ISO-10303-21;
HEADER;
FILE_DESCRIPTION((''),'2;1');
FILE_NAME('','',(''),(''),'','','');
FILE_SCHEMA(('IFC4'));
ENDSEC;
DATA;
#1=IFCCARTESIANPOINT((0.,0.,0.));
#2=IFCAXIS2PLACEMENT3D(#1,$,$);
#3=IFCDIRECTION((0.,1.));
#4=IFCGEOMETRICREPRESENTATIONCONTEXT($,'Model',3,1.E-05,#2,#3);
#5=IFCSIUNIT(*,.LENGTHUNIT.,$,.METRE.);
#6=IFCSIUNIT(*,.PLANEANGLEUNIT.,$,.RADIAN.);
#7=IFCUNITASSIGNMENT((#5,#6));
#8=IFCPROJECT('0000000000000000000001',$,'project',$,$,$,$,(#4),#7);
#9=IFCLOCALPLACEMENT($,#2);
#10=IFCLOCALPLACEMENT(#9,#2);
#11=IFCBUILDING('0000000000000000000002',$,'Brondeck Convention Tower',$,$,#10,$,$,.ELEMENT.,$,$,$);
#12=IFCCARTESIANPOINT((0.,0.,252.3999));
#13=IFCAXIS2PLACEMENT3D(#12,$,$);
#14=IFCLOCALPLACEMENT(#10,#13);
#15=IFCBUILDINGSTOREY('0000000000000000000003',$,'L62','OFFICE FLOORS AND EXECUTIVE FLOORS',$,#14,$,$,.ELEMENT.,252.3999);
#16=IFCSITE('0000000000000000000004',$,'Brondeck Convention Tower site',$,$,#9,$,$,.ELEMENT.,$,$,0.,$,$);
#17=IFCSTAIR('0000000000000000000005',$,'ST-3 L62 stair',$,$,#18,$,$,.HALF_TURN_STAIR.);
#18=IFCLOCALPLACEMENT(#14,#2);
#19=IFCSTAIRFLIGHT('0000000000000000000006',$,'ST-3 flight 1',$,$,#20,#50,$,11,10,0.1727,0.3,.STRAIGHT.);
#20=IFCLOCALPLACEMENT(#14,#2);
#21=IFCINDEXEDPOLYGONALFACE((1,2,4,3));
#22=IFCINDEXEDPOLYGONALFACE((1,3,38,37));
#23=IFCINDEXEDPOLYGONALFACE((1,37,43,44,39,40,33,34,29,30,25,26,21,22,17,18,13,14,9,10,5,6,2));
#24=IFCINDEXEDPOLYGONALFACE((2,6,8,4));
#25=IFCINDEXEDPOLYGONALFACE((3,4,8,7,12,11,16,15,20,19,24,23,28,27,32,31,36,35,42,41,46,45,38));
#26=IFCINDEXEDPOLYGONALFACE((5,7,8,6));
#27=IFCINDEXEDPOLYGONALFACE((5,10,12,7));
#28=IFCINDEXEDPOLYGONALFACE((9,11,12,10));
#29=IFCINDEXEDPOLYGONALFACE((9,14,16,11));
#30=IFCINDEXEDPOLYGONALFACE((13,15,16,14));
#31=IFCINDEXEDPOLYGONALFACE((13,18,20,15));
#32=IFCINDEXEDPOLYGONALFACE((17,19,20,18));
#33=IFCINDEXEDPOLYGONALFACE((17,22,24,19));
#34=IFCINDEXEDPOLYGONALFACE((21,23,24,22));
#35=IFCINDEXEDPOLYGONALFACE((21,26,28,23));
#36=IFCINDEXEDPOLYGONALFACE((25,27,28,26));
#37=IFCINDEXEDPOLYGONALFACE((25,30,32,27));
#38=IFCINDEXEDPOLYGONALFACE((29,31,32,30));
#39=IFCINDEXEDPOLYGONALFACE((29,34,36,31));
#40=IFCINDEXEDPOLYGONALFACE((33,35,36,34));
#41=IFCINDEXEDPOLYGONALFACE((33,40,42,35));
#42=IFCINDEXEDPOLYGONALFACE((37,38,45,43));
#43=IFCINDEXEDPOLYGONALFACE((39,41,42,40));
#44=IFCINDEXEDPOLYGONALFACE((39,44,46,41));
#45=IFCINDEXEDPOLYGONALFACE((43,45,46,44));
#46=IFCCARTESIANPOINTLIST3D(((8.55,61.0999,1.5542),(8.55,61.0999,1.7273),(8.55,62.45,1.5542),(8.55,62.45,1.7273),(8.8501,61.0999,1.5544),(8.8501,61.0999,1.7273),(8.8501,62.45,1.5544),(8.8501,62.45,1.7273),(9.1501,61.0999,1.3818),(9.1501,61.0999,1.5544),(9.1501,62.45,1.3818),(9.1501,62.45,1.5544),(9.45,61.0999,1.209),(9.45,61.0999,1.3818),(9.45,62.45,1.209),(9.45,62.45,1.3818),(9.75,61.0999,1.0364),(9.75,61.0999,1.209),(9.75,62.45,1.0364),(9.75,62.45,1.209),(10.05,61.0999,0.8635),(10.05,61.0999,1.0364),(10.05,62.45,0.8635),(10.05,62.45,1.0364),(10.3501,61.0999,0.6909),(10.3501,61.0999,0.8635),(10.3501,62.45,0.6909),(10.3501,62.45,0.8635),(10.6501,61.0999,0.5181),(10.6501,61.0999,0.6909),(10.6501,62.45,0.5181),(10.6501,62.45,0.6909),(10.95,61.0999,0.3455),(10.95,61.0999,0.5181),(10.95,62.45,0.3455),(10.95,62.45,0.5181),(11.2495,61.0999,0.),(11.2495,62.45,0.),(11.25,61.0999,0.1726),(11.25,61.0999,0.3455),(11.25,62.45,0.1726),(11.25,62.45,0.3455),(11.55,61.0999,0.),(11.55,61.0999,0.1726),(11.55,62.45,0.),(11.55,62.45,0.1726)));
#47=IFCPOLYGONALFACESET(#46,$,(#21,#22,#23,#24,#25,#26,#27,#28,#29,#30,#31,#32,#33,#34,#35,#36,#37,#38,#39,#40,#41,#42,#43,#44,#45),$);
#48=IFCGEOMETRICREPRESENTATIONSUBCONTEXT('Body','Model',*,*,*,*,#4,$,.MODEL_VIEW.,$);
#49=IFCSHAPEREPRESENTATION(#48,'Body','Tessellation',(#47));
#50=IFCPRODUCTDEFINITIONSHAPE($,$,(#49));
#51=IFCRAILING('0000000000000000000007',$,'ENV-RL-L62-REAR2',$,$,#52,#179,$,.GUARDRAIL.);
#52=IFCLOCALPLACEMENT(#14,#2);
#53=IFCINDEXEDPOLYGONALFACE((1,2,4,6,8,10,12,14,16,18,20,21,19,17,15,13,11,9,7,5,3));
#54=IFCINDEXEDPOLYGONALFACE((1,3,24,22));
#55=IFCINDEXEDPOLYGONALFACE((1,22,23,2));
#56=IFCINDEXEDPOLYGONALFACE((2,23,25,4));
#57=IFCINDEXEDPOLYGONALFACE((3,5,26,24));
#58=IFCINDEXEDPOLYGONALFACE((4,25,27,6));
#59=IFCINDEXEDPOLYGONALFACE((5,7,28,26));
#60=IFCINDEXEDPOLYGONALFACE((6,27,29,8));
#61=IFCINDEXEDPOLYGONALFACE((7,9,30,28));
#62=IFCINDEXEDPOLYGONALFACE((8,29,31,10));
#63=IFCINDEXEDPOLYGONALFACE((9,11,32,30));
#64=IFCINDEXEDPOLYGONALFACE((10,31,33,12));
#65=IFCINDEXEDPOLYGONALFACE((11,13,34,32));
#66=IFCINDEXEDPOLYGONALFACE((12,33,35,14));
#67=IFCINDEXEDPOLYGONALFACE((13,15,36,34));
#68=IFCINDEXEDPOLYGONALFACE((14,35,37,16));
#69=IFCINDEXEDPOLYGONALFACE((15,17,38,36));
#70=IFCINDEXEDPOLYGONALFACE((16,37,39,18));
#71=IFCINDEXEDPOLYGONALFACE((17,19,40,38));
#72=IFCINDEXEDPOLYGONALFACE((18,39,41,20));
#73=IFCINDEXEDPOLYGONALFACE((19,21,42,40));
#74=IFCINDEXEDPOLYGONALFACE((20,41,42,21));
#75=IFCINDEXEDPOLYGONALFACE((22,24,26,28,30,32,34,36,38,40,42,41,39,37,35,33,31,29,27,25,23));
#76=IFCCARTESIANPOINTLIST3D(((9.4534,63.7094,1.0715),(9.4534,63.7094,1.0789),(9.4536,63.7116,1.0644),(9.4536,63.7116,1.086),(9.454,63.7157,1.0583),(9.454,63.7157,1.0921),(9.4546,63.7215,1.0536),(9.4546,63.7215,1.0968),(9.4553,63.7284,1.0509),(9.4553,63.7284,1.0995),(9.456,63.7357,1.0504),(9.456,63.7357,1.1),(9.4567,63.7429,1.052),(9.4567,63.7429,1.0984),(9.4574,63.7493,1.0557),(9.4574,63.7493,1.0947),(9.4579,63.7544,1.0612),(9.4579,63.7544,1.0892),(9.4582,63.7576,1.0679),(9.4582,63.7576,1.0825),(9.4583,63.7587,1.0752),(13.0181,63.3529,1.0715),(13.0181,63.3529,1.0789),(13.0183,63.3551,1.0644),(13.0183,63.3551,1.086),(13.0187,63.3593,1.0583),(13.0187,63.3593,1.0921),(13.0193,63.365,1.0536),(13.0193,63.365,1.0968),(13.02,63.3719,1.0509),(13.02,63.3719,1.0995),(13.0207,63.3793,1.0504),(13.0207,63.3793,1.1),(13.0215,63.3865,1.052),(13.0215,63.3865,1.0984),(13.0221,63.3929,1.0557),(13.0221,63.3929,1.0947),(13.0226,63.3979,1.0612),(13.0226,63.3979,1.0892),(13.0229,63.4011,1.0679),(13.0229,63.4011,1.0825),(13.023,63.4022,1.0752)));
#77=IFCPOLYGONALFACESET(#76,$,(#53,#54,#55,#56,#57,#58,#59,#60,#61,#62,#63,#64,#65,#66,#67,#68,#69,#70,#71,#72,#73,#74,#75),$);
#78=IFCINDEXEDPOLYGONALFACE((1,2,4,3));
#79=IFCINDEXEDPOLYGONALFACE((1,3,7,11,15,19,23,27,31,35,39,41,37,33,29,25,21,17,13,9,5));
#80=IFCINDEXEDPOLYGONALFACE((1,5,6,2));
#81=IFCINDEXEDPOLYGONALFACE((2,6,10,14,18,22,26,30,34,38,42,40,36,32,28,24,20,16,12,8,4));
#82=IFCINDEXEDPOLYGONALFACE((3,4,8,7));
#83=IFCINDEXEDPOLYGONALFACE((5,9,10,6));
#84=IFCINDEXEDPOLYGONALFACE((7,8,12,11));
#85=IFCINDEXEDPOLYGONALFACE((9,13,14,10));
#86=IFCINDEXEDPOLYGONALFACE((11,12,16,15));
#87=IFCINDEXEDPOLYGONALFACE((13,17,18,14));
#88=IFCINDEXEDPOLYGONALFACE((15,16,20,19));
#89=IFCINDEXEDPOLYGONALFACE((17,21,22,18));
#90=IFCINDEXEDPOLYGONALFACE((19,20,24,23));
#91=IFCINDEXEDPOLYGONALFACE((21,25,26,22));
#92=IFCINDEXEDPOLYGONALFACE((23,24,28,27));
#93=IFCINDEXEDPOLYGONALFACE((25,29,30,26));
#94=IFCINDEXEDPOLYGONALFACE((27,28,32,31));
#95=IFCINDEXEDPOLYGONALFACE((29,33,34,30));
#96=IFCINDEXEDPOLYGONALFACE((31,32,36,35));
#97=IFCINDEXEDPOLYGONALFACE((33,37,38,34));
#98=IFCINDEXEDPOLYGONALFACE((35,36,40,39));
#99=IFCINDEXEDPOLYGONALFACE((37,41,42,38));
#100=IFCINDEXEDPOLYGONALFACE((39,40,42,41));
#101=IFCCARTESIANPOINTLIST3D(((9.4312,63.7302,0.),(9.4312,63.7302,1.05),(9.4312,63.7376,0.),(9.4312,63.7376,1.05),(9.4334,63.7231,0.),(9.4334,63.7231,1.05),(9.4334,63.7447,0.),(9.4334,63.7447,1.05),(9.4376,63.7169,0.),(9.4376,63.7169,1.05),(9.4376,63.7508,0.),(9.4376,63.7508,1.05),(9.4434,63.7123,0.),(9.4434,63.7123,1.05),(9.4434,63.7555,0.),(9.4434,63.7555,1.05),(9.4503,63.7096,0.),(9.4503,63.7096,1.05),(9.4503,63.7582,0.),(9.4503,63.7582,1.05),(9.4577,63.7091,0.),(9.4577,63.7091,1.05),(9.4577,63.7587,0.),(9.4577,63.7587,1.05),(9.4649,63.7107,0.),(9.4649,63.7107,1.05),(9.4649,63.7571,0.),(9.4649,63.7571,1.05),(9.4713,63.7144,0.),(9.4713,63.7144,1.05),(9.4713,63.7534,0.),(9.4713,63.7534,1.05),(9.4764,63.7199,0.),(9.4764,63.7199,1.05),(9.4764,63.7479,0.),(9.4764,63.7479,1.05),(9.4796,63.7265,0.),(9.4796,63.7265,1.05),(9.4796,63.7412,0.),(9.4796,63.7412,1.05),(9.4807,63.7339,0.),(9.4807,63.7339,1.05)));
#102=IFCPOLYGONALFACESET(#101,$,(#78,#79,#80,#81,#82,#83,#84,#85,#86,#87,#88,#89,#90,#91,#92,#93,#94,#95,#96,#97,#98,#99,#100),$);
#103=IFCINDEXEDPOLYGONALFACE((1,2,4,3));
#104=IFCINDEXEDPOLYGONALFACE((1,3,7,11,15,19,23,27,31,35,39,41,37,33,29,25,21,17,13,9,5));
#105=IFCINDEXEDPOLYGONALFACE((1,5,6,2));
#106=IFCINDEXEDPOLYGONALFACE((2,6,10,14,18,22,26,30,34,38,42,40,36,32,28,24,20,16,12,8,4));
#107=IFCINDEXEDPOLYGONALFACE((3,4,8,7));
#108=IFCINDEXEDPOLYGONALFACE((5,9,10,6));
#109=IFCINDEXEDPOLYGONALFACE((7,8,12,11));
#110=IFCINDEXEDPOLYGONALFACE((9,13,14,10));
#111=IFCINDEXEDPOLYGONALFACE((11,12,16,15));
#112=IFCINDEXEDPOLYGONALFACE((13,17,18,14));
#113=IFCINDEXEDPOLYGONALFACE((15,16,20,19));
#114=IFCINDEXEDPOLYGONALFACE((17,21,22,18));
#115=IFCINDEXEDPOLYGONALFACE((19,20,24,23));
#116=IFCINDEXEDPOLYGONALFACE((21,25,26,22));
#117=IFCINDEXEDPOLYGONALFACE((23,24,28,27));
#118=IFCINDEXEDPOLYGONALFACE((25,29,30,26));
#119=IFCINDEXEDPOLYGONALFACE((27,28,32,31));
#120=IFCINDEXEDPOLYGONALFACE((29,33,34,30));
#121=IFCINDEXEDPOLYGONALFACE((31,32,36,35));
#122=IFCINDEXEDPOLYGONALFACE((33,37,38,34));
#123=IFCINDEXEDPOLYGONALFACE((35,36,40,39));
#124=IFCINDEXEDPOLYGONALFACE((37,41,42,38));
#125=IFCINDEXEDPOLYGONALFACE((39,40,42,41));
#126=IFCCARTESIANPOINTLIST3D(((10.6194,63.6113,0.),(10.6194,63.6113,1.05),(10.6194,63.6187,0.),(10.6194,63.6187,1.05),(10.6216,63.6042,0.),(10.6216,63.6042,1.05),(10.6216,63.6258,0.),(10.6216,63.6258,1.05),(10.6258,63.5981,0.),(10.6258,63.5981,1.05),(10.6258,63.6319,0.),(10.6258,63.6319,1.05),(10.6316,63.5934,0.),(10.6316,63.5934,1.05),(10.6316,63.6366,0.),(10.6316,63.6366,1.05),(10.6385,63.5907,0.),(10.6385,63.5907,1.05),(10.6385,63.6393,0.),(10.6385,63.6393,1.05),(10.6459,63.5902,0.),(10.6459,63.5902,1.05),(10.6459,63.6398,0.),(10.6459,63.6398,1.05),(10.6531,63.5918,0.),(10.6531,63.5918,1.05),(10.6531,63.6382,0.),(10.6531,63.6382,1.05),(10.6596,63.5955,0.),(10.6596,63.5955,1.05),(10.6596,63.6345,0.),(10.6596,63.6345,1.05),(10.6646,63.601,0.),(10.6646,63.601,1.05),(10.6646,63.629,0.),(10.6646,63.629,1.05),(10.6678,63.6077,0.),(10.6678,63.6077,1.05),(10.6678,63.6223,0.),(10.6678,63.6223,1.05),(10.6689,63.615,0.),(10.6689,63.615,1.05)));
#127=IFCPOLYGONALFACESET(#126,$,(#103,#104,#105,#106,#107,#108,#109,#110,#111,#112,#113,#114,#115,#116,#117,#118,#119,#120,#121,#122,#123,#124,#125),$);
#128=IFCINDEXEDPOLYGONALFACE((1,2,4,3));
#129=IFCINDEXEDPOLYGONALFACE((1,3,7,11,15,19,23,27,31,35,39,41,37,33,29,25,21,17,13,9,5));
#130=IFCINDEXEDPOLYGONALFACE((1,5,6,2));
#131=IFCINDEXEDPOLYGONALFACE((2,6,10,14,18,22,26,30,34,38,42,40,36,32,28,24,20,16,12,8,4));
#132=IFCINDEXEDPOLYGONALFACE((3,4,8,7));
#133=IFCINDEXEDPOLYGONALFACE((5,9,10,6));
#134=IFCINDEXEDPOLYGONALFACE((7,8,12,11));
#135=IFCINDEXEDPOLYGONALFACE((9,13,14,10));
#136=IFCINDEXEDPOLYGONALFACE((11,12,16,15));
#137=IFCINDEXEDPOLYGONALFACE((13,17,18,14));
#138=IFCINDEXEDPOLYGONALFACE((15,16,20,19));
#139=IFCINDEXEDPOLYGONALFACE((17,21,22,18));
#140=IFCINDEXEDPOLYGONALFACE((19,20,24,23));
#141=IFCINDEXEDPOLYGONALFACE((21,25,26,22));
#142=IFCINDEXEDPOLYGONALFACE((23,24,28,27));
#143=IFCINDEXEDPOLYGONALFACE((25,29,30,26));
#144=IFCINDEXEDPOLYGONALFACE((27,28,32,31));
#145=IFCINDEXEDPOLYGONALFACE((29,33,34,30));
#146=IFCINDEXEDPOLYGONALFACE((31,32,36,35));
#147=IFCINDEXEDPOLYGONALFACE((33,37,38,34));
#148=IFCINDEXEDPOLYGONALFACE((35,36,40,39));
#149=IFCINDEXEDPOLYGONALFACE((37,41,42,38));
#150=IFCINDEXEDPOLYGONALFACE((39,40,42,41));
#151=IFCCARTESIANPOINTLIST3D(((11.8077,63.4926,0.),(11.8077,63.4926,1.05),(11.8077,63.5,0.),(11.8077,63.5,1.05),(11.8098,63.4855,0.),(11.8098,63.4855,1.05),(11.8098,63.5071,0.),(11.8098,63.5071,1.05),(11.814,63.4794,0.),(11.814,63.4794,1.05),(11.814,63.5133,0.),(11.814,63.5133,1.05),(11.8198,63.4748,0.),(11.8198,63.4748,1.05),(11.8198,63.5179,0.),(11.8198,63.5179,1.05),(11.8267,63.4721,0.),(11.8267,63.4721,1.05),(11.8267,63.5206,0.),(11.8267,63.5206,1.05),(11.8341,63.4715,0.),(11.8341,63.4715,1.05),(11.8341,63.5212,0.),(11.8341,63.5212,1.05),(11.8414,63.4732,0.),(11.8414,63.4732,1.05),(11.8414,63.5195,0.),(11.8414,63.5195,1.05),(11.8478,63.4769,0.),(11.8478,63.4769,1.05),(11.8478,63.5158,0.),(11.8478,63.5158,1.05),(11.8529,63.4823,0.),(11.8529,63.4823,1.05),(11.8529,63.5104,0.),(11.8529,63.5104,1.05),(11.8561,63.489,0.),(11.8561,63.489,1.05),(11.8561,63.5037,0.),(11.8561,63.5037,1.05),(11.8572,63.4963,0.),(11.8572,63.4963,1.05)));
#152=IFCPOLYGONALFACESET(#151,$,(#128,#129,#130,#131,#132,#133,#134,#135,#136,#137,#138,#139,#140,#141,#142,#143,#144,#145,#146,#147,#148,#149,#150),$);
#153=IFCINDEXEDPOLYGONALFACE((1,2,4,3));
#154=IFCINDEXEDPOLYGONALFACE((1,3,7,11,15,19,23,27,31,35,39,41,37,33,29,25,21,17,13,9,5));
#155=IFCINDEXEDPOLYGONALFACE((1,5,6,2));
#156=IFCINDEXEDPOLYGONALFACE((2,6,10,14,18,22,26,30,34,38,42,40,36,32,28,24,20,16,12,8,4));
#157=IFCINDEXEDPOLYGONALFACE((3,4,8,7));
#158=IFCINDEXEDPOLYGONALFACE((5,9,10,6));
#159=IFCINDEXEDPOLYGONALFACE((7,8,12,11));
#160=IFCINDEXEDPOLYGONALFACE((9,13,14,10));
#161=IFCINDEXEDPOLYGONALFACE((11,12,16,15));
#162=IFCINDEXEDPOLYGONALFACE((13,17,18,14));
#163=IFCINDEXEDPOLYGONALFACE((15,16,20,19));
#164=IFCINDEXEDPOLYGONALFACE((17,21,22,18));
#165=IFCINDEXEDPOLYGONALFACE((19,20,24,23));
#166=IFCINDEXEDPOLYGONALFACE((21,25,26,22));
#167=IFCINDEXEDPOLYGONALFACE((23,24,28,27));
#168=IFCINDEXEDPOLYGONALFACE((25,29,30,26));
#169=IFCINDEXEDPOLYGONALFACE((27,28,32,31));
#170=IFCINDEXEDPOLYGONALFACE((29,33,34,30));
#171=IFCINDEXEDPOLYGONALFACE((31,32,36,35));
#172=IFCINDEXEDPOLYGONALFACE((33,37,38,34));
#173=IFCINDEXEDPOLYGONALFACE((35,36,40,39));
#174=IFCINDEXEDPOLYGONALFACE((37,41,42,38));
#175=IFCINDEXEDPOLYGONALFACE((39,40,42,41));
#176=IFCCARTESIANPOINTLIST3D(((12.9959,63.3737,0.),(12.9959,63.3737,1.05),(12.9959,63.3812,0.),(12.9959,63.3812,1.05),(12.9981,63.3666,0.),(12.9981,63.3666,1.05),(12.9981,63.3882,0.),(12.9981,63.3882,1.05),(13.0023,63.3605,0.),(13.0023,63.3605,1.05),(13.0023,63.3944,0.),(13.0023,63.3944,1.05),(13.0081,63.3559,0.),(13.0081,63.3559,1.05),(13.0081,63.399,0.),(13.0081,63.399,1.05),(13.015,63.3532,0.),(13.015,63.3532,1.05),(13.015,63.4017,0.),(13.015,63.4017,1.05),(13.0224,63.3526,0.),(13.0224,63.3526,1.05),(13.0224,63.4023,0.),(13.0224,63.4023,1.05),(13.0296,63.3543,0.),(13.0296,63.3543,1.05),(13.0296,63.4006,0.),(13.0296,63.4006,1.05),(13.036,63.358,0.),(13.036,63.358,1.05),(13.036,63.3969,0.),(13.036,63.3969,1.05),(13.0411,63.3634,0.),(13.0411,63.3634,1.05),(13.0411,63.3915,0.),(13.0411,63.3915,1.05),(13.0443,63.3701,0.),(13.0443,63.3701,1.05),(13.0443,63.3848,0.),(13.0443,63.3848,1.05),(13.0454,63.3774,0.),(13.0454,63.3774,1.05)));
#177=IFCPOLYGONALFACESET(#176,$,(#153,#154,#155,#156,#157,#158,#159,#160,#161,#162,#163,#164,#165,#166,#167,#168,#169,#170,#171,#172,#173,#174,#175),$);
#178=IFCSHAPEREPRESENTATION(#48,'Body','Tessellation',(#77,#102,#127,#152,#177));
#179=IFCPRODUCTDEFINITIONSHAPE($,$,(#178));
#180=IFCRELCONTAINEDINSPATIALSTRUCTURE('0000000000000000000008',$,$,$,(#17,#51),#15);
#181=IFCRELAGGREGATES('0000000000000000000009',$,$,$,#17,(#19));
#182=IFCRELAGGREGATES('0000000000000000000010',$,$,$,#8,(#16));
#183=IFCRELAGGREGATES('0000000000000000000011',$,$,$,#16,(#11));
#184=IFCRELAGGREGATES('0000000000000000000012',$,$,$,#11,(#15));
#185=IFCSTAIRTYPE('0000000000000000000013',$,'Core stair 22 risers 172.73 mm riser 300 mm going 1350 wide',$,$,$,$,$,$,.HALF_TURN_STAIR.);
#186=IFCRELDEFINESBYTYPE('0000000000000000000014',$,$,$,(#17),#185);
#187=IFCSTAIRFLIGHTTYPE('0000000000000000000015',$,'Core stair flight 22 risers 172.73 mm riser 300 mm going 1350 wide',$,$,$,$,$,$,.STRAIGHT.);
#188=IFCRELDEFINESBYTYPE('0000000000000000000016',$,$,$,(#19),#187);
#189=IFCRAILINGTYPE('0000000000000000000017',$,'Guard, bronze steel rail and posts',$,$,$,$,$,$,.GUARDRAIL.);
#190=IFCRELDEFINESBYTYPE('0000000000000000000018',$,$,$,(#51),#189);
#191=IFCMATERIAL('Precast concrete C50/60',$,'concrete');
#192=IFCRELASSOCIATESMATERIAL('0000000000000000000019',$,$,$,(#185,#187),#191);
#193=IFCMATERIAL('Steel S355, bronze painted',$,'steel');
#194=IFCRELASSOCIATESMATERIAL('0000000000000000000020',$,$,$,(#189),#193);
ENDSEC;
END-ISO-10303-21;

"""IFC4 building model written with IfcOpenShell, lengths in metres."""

from ifc_helpers import new_model, si_unit, direction, frame, origin, origin_2d, place, context, subcontext, project, spatial, polyline, circle, outline, extrude, material, type_object, element, aggregate, save


model = new_model("IFC4")

# Units and contexts
model_context = context("Model", 3, precision=1e-05, world=origin(), true_north=direction((0.0, 1.0)))
body_context = subcontext(model_context, "Body", "Model", "MODEL_VIEW")
ifc_project = project(units=[si_unit("LENGTHUNIT", "METRE"), si_unit("PLANEANGLEUNIT", "RADIAN")], contexts=[model_context])

# Site, building, storey
site_placement = place(None, origin())
site = spatial("IfcSite", under=ifc_project, at=site_placement, Name="Brondeck Convention Tower site", CompositionType="ELEMENT", RefElevation=0.0)
building_placement = place(site_placement, origin())
building = spatial("IfcBuilding", under=site, at=building_placement, Name="Brondeck Convention Tower", CompositionType="ELEMENT")
storey_placement = place(building_placement, frame((0.0, 0.0, 252.3999)))
storey = spatial("IfcBuildingStorey", under=building, at=storey_placement, Name="L62", Description="OFFICE FLOORS AND EXECUTIVE FLOORS", CompositionType="ELEMENT", Elevation=252.3999)

# Stair, stair flight
ifc_material_1 = material(Name="Precast concrete C50/60", Category="concrete")
stair_type = type_object("IfcStairType", Name="Core stair 22 risers 172.73 mm riser 300 mm going 1350 wide", PredefinedType="HALF_TURN_STAIR", material=ifc_material_1)
stair_flight_type = type_object("IfcStairFlightType", Name="Core stair flight 22 risers 172.73 mm riser 300 mm going 1350 wide", PredefinedType="STRAIGHT", material=ifc_material_1)
stair_1_placement = place(storey_placement, origin())
stair_1 = element("IfcStair", 1, at=stair_1_placement, inside=storey, type_object=stair_type, Name="ST-3 L62 stair", PredefinedType="HALF_TURN_STAIR")
stair_flight_1_placement = place(storey_placement, frame((11.55, 61.7749, 0.0), z_axis=(0.0, 0.0, 1.0), x_axis=(-1.0, 0.0, 0.0)))
stair_flight_1 = element("IfcStairFlight", 2, at=stair_flight_1_placement, type_object=stair_flight_type, Name="ST-3 flight 1", NumberOfRisers=11, NumberOfTreads=10, PredefinedType="STRAIGHT", RiserHeight=0.1727, TreadLength=0.3, context=body_context, shape_type="SweptSolid", body=[
    extrude(outline(polyline([(0.0, 0.0), (0.0, 0.1726), (0.3, 0.1726), (0.3, 0.3455), (0.6001, 0.3455), (0.6001, 0.5181), (0.8999, 0.5181), (0.8999, 0.6909), (1.2, 0.6909), (1.2, 0.8635), (1.5, 0.8635), (1.5, 1.0364), (1.8, 1.0364), (1.8, 1.209), (2.1001, 1.209), (2.1001, 1.3818), (2.3999, 1.3818), (2.3999, 1.5544), (2.7, 1.5544), (2.7, 1.7273), (3.0, 1.7273), (3.0, 1.8999), (3.0, 1.5542), (0.3005, 0.0), (0.0, 0.0)])), frame((0.0, 0.675, 0.0), z_axis=(0.0, -1.0, 0.0), x_axis=(1.0, 0.0, 0.0)), (0.0, 0.0, 1.0), 1.3501),
])
aggregate(stair_1, [stair_flight_1])

# Railing
ifc_material_2 = material(Name="Steel S355, bronze painted", Category="steel")
railing_type_1 = type_object("IfcRailingType", Name="Guard, bronze steel rail and posts", PredefinedType="GUARDRAIL", material=ifc_material_2)
railing_1_placement = place(storey_placement, frame((9.4558, 63.7339, 0.0)))
element("IfcRailing", 3, at=railing_1_placement, inside=storey, type_object=railing_type_1, Name="ENV-RL-L62-REAR2", PredefinedType="GUARDRAIL", context=body_context, shape_type="SweptSolid", body=[
    extrude(circle(Radius=0.0249, at=origin_2d()), frame((0.0, 0.0, 1.0752), z_axis=(0.995038, -0.099497, 0.0), x_axis=(0.099497, 0.995038, 0.0)), (0.0, 0.0, 1.0), 3.5825),
    extrude(circle(Radius=0.0249, at=origin_2d()), origin(), (0.0, 0.0, 1.0), 1.05),
    extrude(circle(Radius=0.0249, at=origin_2d()), frame((1.1882, -0.1189, 0.0)), (0.0, 0.0, 1.0), 1.05),
    extrude(circle(Radius=0.0249, at=origin_2d()), frame((2.3765, -0.2375, 0.0)), (0.0, 0.0, 1.0), 1.05),
    extrude(circle(Radius=0.0249, at=origin_2d()), frame((3.5647, -0.3564, 0.0)), (0.0, 0.0, 1.0), 1.05),
])

save(model, "model.ifc")
